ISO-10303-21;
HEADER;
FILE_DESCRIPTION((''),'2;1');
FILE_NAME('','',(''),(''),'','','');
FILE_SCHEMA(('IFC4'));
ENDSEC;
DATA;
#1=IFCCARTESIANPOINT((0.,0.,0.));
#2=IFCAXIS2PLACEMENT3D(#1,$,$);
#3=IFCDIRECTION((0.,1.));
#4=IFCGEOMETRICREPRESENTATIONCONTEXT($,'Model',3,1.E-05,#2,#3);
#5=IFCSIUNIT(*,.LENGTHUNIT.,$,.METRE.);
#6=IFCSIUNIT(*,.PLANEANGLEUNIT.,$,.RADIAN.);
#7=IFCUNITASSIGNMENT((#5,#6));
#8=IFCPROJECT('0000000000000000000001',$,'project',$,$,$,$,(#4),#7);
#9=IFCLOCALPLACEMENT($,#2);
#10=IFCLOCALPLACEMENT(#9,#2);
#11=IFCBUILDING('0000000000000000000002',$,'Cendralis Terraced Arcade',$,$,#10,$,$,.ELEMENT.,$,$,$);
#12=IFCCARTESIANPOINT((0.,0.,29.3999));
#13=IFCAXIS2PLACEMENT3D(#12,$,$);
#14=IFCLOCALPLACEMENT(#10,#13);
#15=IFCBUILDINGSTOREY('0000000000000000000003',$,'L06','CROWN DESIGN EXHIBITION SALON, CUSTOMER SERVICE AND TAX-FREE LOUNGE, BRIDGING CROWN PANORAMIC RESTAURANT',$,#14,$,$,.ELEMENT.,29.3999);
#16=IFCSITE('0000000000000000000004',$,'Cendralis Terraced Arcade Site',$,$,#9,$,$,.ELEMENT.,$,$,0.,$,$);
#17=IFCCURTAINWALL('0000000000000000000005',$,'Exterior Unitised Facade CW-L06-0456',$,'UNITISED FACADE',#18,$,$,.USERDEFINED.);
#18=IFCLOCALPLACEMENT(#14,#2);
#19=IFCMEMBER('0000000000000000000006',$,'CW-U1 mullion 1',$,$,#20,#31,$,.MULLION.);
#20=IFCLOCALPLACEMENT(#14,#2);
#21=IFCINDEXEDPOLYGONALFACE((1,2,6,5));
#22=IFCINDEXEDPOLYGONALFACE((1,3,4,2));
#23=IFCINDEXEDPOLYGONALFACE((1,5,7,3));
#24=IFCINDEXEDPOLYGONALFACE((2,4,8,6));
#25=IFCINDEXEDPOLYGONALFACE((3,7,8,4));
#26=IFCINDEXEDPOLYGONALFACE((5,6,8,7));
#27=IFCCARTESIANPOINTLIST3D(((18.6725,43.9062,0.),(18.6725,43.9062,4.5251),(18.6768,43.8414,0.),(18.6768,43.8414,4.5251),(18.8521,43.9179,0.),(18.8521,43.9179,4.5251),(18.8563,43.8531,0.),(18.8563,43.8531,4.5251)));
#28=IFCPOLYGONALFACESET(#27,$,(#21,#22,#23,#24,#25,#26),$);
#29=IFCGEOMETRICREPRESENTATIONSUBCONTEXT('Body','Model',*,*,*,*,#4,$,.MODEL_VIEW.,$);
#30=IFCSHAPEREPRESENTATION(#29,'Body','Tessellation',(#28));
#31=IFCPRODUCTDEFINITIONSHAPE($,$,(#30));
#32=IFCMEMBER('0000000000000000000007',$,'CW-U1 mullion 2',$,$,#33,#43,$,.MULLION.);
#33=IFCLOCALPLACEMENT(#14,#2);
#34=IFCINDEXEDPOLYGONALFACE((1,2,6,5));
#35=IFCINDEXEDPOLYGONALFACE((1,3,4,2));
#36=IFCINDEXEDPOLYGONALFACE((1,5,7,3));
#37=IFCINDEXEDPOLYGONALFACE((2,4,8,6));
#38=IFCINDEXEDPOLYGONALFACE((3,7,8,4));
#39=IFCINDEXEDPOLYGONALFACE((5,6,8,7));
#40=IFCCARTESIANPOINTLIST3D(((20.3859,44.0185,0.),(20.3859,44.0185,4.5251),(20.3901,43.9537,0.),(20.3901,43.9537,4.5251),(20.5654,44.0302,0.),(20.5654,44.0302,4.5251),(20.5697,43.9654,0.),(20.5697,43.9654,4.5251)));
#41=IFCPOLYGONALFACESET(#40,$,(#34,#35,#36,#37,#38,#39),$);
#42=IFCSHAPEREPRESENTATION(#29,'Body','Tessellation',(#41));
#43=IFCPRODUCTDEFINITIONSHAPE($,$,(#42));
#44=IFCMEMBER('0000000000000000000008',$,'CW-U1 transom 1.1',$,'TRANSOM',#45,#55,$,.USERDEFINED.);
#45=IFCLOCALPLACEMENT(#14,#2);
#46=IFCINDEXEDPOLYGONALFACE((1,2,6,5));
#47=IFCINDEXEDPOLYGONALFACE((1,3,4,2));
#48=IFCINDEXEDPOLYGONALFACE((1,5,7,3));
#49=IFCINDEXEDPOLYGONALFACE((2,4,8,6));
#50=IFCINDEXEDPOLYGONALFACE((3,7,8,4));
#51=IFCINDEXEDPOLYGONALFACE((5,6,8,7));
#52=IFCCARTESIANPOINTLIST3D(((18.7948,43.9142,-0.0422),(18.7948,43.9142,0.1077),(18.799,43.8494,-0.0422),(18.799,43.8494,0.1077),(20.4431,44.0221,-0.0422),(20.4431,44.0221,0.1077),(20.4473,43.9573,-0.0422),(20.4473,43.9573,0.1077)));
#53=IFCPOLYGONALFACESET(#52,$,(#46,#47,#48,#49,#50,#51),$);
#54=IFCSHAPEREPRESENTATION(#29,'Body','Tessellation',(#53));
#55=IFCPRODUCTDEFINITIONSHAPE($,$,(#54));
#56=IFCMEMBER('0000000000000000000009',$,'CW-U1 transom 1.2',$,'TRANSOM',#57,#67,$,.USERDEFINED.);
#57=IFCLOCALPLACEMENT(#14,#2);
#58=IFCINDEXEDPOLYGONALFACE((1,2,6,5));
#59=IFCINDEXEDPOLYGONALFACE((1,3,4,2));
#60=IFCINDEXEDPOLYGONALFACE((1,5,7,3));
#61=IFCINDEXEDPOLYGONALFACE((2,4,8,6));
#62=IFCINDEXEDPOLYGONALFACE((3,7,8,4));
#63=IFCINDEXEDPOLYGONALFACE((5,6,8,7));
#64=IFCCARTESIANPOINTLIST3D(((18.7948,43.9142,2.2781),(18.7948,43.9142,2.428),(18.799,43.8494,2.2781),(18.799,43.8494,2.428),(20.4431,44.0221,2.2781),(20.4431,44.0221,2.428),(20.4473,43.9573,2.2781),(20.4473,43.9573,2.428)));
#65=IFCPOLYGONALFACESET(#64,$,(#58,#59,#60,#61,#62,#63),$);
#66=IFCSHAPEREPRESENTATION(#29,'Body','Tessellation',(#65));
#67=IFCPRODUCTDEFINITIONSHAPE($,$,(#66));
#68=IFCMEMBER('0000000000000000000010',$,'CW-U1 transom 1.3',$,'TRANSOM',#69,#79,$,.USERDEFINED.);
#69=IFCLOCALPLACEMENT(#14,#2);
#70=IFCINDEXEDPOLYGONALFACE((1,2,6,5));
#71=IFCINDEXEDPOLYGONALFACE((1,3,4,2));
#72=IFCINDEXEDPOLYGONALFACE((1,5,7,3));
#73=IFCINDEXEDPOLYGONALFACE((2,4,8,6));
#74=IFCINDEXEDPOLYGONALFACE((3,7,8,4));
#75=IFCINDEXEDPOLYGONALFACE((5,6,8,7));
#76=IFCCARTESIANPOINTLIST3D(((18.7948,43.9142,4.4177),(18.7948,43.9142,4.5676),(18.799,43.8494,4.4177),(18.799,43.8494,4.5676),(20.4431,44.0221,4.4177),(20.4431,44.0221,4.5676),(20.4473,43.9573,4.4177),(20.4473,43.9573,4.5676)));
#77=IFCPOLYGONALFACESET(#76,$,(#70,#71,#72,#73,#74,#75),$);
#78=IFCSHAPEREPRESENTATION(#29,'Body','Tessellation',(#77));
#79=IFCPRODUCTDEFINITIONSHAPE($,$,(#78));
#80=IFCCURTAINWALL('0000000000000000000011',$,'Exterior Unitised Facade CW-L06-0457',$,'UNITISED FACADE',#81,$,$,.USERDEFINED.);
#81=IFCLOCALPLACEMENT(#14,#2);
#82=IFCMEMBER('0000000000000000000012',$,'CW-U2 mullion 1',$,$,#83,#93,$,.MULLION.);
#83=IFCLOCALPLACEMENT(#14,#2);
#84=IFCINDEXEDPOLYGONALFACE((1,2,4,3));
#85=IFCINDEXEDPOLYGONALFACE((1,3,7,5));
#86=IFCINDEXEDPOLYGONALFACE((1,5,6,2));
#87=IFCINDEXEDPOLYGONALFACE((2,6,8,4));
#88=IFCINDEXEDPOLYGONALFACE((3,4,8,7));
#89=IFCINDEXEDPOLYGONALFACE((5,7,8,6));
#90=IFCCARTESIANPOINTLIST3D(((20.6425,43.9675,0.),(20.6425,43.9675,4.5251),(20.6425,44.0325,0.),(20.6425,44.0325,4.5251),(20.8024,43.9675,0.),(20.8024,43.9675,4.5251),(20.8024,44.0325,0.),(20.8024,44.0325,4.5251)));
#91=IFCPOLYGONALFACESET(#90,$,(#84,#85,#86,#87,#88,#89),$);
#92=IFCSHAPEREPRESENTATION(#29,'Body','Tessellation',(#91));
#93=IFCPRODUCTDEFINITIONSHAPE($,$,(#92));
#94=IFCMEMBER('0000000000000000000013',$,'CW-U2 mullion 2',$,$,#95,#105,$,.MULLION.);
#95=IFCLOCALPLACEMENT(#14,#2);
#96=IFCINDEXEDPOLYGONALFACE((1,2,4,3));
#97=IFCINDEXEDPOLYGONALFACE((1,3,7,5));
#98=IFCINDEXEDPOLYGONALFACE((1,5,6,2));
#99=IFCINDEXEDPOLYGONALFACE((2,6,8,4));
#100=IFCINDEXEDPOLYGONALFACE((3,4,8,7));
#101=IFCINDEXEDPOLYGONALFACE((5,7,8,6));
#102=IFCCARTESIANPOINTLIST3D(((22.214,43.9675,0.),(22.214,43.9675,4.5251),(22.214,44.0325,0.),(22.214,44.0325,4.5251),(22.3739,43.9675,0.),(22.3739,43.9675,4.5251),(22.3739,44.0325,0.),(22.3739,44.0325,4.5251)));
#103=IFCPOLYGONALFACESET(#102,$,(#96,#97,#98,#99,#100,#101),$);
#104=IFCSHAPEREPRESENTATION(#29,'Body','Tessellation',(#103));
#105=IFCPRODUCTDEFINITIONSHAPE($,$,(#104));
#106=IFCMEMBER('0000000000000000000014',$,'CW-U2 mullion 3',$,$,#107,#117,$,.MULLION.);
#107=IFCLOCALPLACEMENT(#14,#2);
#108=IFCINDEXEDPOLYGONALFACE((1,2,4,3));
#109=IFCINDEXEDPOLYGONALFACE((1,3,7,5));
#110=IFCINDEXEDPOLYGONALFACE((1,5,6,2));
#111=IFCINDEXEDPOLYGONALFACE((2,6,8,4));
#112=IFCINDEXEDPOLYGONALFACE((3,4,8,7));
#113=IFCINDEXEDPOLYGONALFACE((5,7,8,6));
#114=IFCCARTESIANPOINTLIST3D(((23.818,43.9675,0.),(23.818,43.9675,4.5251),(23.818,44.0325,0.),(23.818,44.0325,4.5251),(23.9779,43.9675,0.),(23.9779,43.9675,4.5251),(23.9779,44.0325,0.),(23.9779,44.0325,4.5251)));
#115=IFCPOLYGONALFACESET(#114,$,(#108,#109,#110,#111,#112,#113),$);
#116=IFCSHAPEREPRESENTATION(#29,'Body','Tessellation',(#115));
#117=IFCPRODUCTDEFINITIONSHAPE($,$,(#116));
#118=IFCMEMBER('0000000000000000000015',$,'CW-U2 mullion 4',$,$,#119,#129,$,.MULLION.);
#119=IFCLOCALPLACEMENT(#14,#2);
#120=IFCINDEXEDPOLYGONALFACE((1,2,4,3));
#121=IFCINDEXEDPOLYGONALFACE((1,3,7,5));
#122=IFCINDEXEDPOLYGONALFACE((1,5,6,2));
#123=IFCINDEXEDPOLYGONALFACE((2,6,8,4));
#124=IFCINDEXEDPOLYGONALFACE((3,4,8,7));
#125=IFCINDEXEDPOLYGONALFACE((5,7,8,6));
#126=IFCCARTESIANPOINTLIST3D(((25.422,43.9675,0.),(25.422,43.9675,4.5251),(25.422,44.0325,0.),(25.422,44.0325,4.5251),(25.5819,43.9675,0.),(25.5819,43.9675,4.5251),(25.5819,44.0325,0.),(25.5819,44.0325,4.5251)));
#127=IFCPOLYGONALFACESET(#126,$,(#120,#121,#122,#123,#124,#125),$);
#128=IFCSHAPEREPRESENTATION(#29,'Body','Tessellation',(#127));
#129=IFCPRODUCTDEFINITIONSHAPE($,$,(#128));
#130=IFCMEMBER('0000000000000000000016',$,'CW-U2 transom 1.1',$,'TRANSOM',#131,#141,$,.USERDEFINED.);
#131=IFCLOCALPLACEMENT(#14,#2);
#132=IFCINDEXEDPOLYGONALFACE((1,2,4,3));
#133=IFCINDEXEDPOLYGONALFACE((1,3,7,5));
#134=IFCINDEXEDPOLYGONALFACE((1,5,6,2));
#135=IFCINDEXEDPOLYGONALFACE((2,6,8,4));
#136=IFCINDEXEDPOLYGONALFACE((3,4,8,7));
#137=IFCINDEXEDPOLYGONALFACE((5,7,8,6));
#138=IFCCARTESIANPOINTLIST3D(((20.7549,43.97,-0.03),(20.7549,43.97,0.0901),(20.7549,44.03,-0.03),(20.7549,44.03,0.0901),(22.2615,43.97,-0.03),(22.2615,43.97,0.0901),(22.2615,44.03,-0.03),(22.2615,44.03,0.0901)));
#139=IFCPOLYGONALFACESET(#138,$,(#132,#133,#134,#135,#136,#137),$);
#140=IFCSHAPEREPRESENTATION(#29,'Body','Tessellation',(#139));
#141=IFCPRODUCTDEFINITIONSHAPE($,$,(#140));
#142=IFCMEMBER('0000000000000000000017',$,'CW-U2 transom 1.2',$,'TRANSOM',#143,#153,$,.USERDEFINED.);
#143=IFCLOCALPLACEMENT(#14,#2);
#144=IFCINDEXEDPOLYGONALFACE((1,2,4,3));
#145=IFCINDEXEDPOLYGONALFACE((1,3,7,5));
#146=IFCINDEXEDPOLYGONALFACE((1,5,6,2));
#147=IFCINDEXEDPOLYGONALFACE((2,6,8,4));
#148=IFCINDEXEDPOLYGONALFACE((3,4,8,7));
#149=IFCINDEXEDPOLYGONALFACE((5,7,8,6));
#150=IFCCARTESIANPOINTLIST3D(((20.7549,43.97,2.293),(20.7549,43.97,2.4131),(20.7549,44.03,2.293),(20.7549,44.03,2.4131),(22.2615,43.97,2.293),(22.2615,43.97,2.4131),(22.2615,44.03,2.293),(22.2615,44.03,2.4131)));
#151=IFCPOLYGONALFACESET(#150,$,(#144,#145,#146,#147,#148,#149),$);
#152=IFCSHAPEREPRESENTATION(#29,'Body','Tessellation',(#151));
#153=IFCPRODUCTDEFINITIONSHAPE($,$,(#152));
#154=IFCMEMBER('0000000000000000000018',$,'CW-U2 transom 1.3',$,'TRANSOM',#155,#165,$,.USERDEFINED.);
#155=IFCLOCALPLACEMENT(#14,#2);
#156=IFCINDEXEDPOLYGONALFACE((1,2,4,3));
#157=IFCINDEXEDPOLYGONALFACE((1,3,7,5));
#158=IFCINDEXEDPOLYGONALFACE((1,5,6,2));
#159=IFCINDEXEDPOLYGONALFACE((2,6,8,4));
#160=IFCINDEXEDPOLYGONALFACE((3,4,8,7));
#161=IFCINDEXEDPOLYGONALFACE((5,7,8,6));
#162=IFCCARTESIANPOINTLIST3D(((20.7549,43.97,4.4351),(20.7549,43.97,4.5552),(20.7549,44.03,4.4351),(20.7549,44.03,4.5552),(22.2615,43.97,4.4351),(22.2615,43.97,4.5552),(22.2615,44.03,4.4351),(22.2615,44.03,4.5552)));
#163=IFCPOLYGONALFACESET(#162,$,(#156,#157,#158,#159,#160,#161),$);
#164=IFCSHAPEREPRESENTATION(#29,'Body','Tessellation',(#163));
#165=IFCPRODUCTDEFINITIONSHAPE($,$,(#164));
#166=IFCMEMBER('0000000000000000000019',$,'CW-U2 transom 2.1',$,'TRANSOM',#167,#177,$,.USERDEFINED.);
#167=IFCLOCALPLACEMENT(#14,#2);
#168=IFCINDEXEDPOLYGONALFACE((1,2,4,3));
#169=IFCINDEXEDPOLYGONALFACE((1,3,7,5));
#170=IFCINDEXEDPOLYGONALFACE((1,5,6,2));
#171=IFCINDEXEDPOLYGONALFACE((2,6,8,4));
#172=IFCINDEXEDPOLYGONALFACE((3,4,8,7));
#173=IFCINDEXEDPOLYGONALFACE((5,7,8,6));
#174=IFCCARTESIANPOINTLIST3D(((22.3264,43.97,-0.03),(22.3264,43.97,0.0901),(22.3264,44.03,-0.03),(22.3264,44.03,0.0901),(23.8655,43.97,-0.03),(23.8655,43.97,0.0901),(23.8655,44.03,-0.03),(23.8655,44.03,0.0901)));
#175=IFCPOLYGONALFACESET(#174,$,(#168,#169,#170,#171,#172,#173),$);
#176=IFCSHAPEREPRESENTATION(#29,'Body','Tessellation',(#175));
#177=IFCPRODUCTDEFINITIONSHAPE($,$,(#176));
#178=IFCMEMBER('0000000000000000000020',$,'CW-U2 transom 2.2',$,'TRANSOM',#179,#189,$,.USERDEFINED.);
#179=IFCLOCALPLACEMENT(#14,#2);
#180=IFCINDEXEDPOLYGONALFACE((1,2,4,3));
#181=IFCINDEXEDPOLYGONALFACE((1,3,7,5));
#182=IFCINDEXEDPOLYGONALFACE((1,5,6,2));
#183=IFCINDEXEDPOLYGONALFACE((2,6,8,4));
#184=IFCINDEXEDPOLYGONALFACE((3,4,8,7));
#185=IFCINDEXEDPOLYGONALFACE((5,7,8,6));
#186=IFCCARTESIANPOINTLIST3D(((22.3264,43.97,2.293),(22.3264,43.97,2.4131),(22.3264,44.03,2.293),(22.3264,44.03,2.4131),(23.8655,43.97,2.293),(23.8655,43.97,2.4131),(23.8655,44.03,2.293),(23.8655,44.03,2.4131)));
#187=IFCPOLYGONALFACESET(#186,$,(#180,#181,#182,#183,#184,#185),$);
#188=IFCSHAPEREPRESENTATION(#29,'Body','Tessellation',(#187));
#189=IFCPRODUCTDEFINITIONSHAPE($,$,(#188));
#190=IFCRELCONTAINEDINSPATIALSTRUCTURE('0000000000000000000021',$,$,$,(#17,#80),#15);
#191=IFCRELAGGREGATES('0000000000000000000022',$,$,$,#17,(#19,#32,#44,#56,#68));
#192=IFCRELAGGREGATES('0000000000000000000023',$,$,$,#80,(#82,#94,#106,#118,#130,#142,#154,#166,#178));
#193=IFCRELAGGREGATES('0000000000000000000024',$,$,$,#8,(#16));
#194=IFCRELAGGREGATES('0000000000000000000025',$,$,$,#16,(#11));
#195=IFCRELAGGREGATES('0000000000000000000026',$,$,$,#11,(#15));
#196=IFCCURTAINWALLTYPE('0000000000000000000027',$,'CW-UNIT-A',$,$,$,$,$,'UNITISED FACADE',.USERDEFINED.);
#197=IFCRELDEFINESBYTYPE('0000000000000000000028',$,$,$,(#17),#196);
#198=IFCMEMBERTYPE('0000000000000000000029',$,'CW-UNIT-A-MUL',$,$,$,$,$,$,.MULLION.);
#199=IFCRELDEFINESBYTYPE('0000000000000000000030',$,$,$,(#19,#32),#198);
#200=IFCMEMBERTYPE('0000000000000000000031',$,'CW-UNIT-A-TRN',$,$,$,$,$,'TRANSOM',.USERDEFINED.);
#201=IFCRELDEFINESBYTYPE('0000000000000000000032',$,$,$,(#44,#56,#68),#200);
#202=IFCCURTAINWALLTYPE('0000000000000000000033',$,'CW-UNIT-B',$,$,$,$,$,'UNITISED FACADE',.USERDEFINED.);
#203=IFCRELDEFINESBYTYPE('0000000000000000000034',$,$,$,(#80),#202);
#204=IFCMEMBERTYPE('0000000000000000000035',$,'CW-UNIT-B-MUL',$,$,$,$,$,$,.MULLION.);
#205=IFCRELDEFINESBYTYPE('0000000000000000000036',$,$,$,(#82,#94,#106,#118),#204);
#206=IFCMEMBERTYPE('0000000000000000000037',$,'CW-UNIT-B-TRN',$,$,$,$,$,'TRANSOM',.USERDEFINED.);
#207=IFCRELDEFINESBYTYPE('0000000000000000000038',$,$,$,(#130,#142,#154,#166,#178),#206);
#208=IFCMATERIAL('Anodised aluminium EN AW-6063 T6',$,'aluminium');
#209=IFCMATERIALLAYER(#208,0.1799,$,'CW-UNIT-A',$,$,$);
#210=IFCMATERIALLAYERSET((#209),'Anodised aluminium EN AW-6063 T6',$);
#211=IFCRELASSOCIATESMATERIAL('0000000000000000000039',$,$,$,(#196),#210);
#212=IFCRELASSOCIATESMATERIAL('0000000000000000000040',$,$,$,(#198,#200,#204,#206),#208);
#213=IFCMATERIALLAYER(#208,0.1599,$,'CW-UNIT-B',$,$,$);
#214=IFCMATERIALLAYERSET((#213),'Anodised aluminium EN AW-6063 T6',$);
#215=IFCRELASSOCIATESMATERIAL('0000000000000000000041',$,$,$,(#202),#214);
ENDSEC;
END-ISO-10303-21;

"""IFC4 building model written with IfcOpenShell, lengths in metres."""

from ifc_helpers import new_model, si_unit, direction, frame, origin, origin_2d, place, context, subcontext, project, spatial, rectangle, extrude, material, layer, layer_set, material_profile, profile_set, type_object, element, aggregate, save


model = new_model("IFC4")

# Units and contexts
model_context = context("Model", 3, precision=1e-05, world=origin(), true_north=direction((0.0, 1.0)))
body_context = subcontext(model_context, "Body", "Model", "MODEL_VIEW")
ifc_project = project(units=[si_unit("LENGTHUNIT", "METRE"), si_unit("PLANEANGLEUNIT", "RADIAN")], contexts=[model_context])

# Site, building, storey
site_placement = place(None, origin())
site = spatial("IfcSite", under=ifc_project, at=site_placement, Name="Cendralis Terraced Arcade Site", CompositionType="ELEMENT", RefElevation=0.0)
building_placement = place(site_placement, origin())
building = spatial("IfcBuilding", under=site, at=building_placement, Name="Cendralis Terraced Arcade", CompositionType="ELEMENT")
storey_placement = place(building_placement, frame((0.0, 0.0, 29.3999)))
storey = spatial("IfcBuildingStorey", under=building, at=storey_placement, Name="L06", Description="CROWN DESIGN EXHIBITION SALON, CUSTOMER SERVICE AND TAX-FREE LOUNGE, BRIDGING CROWN PANORAMIC RESTAURANT", CompositionType="ELEMENT", Elevation=29.3999)

# Curtain walls, members
ifc_material_1 = material(Name="Anodised aluminium EN AW-6063 T6", Category="aluminium")
ifc_layer_1 = layer(ifc_material_1, 0.1799, Name="CW-UNIT-A")
ifc_layer_set_1 = layer_set([ifc_layer_1], Name="Anodised aluminium EN AW-6063 T6")
curtain_wall_type_1 = type_object("IfcCurtainWallType", Name="CW-UNIT-A", ElementType="UNITISED FACADE", PredefinedType="USERDEFINED", material=ifc_layer_set_1)
curtain_wall_1_placement = place(storey_placement, origin())
curtain_wall_1 = element("IfcCurtainWall", 1, at=curtain_wall_1_placement, inside=storey, type_object=curtain_wall_type_1, Name="Exterior Unitised Facade CW-L06-0456", ObjectType="UNITISED FACADE", PredefinedType="USERDEFINED")
ifc_material_profile_1 = material_profile(ifc_material_1, rectangle(XDim=0.0649, YDim=0.1799, at=origin_2d()), Name="ALU-MUL-65x180")
ifc_profile_set_1 = profile_set([ifc_material_profile_1], Name="Anodised aluminium EN AW-6063 T6")
member_type_1 = type_object("IfcMemberType", Name="CW-UNIT-A-MUL", PredefinedType="MULLION", material=ifc_profile_set_1)
member_1_placement = place(storey_placement, frame((18.7644, 43.8796, 0.0), z_axis=(0.0, 0.0, 1.0), x_axis=(-0.065372, 0.997861, 0.0)))
member_1 = element("IfcMember", 2, at=member_1_placement, type_object=member_type_1, Name="CW-U1 mullion 1", PredefinedType="MULLION", context=body_context, shape_type="SweptSolid", body=[
    extrude(rectangle(XDim=0.0649, YDim=0.1799, at=origin_2d()), origin(), (0.0, 0.0, 1.0), 4.5251),
])
member_2_placement = place(storey_placement, frame((20.4778, 43.9919, 0.0), z_axis=(0.0, 0.0, 1.0), x_axis=(-0.065372, 0.997861, 0.0)))
member_2 = element("IfcMember", 3, at=member_2_placement, type_object=member_type_1, Name="CW-U1 mullion 2", PredefinedType="MULLION", context=body_context, shape_type="SweptSolid", body=[
    extrude(rectangle(XDim=0.0649, YDim=0.1799, at=origin_2d()), origin(), (0.0, 0.0, 1.0), 4.5251),
])
ifc_material_profile_2 = material_profile(ifc_material_1, rectangle(XDim=0.0649, YDim=0.1499, at=origin_2d()), Name="ALU-TRN-65x150")
ifc_profile_set_2 = profile_set([ifc_material_profile_2], Name="Anodised aluminium EN AW-6063 T6")
member_type_2 = type_object("IfcMemberType", Name="CW-UNIT-A-TRN", ElementType="TRANSOM", PredefinedType="USERDEFINED", material=ifc_profile_set_2)
member_3_placement = place(storey_placement, frame((18.7969, 43.8818, 0.0327), z_axis=(0.997864, 0.065322, 0.0), x_axis=(-0.065322, 0.997864, 0.0)))
member_3 = element("IfcMember", 4, at=member_3_placement, type_object=member_type_2, Name="CW-U1 transom 1.1", ObjectType="TRANSOM", PredefinedType="USERDEFINED", context=body_context, shape_type="SweptSolid", body=[
    extrude(rectangle(XDim=0.0649, YDim=0.1499, at=origin_2d()), origin(), (0.0, 0.0, 1.0), 1.6519),
])
member_4_placement = place(storey_placement, frame((18.7969, 43.8818, 2.353), z_axis=(0.997864, 0.065322, 0.0), x_axis=(-0.065322, 0.997864, 0.0)))
member_4 = element("IfcMember", 5, at=member_4_placement, type_object=member_type_2, Name="CW-U1 transom 1.2", ObjectType="TRANSOM", PredefinedType="USERDEFINED", context=body_context, shape_type="SweptSolid", body=[
    extrude(rectangle(XDim=0.0649, YDim=0.1499, at=origin_2d()), origin(), (0.0, 0.0, 1.0), 1.6519),
])
member_5_placement = place(storey_placement, frame((18.7969, 43.8818, 4.4927), z_axis=(0.997864, 0.065322, 0.0), x_axis=(-0.065322, 0.997864, 0.0)))
member_5 = element("IfcMember", 6, at=member_5_placement, type_object=member_type_2, Name="CW-U1 transom 1.3", ObjectType="TRANSOM", PredefinedType="USERDEFINED", context=body_context, shape_type="SweptSolid", body=[
    extrude(rectangle(XDim=0.0649, YDim=0.1499, at=origin_2d()), origin(), (0.0, 0.0, 1.0), 1.6519),
])
ifc_layer_2 = layer(ifc_material_1, 0.1599, Name="CW-UNIT-B")
ifc_layer_set_2 = layer_set([ifc_layer_2], Name="Anodised aluminium EN AW-6063 T6")
curtain_wall_type_2 = type_object("IfcCurtainWallType", Name="CW-UNIT-B", ElementType="UNITISED FACADE", PredefinedType="USERDEFINED", material=ifc_layer_set_2)
curtain_wall_2_placement = place(storey_placement, origin())
curtain_wall_2 = element("IfcCurtainWall", 7, at=curtain_wall_2_placement, inside=storey, type_object=curtain_wall_type_2, Name="Exterior Unitised Facade CW-L06-0457", ObjectType="UNITISED FACADE", PredefinedType="USERDEFINED")
ifc_material_profile_3 = material_profile(ifc_material_1, rectangle(XDim=0.0649, YDim=0.1599, at=origin_2d()), Name="ALU-MUL-65x160")
ifc_profile_set_3 = profile_set([ifc_material_profile_3], Name="Anodised aluminium EN AW-6063 T6")
member_type_3 = type_object("IfcMemberType", Name="CW-UNIT-B-MUL", PredefinedType="MULLION", material=ifc_profile_set_3)
member_6_placement = place(storey_placement, frame((20.7224, 44.0, 0.0), z_axis=(0.0, 0.0, 1.0), x_axis=(0.0, 1.0, 0.0)))
member_6 = element("IfcMember", 8, at=member_6_placement, type_object=member_type_3, Name="CW-U2 mullion 1", PredefinedType="MULLION", context=body_context, shape_type="SweptSolid", body=[
    extrude(rectangle(XDim=0.0649, YDim=0.1599, at=origin_2d()), origin(), (0.0, 0.0, 1.0), 4.5251),
])
member_7_placement = place(storey_placement, frame((22.2939, 44.0, 0.0), z_axis=(0.0, 0.0, 1.0), x_axis=(0.0, 1.0, 0.0)))
member_7 = element("IfcMember", 9, at=member_7_placement, type_object=member_type_3, Name="CW-U2 mullion 2", PredefinedType="MULLION", context=body_context, shape_type="SweptSolid", body=[
    extrude(rectangle(XDim=0.0649, YDim=0.1599, at=origin_2d()), origin(), (0.0, 0.0, 1.0), 4.5251),
])
member_8_placement = place(storey_placement, frame((23.8979, 44.0, 0.0), z_axis=(0.0, 0.0, 1.0), x_axis=(0.0, 1.0, 0.0)))
member_8 = element("IfcMember", 10, at=member_8_placement, type_object=member_type_3, Name="CW-U2 mullion 3", PredefinedType="MULLION", context=body_context, shape_type="SweptSolid", body=[
    extrude(rectangle(XDim=0.0649, YDim=0.1599, at=origin_2d()), origin(), (0.0, 0.0, 1.0), 4.5251),
])
member_9_placement = place(storey_placement, frame((25.502, 44.0, 0.0), z_axis=(0.0, 0.0, 1.0), x_axis=(0.0, 1.0, 0.0)))
member_9 = element("IfcMember", 11, at=member_9_placement, type_object=member_type_3, Name="CW-U2 mullion 4", PredefinedType="MULLION", context=body_context, shape_type="SweptSolid", body=[
    extrude(rectangle(XDim=0.0649, YDim=0.1599, at=origin_2d()), origin(), (0.0, 0.0, 1.0), 4.5251),
])
ifc_material_profile_4 = material_profile(ifc_material_1, rectangle(XDim=0.0601, YDim=0.1201, at=origin_2d()), Name="ALU-TRN-60x120")
ifc_profile_set_4 = profile_set([ifc_material_profile_4], Name="Anodised aluminium EN AW-6063 T6")
member_type_4 = type_object("IfcMemberType", Name="CW-UNIT-B-TRN", ElementType="TRANSOM", PredefinedType="USERDEFINED", material=ifc_profile_set_4)
member_10_placement = place(storey_placement, frame((20.7549, 44.0, 0.03), z_axis=(1.0, 0.0, 0.0), x_axis=(0.0, 1.0, 0.0)))
member_10 = element("IfcMember", 12, at=member_10_placement, type_object=member_type_4, Name="CW-U2 transom 1.1", ObjectType="TRANSOM", PredefinedType="USERDEFINED", context=body_context, shape_type="SweptSolid", body=[
    extrude(rectangle(XDim=0.0601, YDim=0.1201, at=origin_2d()), origin(), (0.0, 0.0, 1.0), 1.5066),
])
member_11_placement = place(storey_placement, frame((20.7549, 44.0, 2.353), z_axis=(1.0, 0.0, 0.0), x_axis=(0.0, 1.0, 0.0)))
member_11 = element("IfcMember", 13, at=member_11_placement, type_object=member_type_4, Name="CW-U2 transom 1.2", ObjectType="TRANSOM", PredefinedType="USERDEFINED", context=body_context, shape_type="SweptSolid", body=[
    extrude(rectangle(XDim=0.0601, YDim=0.1201, at=origin_2d()), origin(), (0.0, 0.0, 1.0), 1.5066),
])
member_12_placement = place(storey_placement, frame((20.7549, 44.0, 4.4951), z_axis=(1.0, 0.0, 0.0), x_axis=(0.0, 1.0, 0.0)))
member_12 = element("IfcMember", 14, at=member_12_placement, type_object=member_type_4, Name="CW-U2 transom 1.3", ObjectType="TRANSOM", PredefinedType="USERDEFINED", context=body_context, shape_type="SweptSolid", body=[
    extrude(rectangle(XDim=0.0601, YDim=0.1201, at=origin_2d()), origin(), (0.0, 0.0, 1.0), 1.5066),
])
member_13_placement = place(storey_placement, frame((22.3264, 44.0, 0.03), z_axis=(1.0, 0.0, 0.0), x_axis=(0.0, 1.0, 0.0)))
member_13 = element("IfcMember", 15, at=member_13_placement, type_object=member_type_4, Name="CW-U2 transom 2.1", ObjectType="TRANSOM", PredefinedType="USERDEFINED", context=body_context, shape_type="SweptSolid", body=[
    extrude(rectangle(XDim=0.0601, YDim=0.1201, at=origin_2d()), origin(), (0.0, 0.0, 1.0), 1.5391),
])
member_14_placement = place(storey_placement, frame((22.3264, 44.0, 2.353), z_axis=(1.0, 0.0, 0.0), x_axis=(0.0, 1.0, 0.0)))
member_14 = element("IfcMember", 16, at=member_14_placement, type_object=member_type_4, Name="CW-U2 transom 2.2", ObjectType="TRANSOM", PredefinedType="USERDEFINED", context=body_context, shape_type="SweptSolid", body=[
    extrude(rectangle(XDim=0.0601, YDim=0.1201, at=origin_2d()), origin(), (0.0, 0.0, 1.0), 1.5391),
])

aggregate(curtain_wall_1, [member_1, member_2, member_3, member_4, member_5])
aggregate(curtain_wall_2, [member_6, member_7, member_8, member_9, member_10, member_11, member_12, member_13, member_14])

save(model, "model.ifc")
